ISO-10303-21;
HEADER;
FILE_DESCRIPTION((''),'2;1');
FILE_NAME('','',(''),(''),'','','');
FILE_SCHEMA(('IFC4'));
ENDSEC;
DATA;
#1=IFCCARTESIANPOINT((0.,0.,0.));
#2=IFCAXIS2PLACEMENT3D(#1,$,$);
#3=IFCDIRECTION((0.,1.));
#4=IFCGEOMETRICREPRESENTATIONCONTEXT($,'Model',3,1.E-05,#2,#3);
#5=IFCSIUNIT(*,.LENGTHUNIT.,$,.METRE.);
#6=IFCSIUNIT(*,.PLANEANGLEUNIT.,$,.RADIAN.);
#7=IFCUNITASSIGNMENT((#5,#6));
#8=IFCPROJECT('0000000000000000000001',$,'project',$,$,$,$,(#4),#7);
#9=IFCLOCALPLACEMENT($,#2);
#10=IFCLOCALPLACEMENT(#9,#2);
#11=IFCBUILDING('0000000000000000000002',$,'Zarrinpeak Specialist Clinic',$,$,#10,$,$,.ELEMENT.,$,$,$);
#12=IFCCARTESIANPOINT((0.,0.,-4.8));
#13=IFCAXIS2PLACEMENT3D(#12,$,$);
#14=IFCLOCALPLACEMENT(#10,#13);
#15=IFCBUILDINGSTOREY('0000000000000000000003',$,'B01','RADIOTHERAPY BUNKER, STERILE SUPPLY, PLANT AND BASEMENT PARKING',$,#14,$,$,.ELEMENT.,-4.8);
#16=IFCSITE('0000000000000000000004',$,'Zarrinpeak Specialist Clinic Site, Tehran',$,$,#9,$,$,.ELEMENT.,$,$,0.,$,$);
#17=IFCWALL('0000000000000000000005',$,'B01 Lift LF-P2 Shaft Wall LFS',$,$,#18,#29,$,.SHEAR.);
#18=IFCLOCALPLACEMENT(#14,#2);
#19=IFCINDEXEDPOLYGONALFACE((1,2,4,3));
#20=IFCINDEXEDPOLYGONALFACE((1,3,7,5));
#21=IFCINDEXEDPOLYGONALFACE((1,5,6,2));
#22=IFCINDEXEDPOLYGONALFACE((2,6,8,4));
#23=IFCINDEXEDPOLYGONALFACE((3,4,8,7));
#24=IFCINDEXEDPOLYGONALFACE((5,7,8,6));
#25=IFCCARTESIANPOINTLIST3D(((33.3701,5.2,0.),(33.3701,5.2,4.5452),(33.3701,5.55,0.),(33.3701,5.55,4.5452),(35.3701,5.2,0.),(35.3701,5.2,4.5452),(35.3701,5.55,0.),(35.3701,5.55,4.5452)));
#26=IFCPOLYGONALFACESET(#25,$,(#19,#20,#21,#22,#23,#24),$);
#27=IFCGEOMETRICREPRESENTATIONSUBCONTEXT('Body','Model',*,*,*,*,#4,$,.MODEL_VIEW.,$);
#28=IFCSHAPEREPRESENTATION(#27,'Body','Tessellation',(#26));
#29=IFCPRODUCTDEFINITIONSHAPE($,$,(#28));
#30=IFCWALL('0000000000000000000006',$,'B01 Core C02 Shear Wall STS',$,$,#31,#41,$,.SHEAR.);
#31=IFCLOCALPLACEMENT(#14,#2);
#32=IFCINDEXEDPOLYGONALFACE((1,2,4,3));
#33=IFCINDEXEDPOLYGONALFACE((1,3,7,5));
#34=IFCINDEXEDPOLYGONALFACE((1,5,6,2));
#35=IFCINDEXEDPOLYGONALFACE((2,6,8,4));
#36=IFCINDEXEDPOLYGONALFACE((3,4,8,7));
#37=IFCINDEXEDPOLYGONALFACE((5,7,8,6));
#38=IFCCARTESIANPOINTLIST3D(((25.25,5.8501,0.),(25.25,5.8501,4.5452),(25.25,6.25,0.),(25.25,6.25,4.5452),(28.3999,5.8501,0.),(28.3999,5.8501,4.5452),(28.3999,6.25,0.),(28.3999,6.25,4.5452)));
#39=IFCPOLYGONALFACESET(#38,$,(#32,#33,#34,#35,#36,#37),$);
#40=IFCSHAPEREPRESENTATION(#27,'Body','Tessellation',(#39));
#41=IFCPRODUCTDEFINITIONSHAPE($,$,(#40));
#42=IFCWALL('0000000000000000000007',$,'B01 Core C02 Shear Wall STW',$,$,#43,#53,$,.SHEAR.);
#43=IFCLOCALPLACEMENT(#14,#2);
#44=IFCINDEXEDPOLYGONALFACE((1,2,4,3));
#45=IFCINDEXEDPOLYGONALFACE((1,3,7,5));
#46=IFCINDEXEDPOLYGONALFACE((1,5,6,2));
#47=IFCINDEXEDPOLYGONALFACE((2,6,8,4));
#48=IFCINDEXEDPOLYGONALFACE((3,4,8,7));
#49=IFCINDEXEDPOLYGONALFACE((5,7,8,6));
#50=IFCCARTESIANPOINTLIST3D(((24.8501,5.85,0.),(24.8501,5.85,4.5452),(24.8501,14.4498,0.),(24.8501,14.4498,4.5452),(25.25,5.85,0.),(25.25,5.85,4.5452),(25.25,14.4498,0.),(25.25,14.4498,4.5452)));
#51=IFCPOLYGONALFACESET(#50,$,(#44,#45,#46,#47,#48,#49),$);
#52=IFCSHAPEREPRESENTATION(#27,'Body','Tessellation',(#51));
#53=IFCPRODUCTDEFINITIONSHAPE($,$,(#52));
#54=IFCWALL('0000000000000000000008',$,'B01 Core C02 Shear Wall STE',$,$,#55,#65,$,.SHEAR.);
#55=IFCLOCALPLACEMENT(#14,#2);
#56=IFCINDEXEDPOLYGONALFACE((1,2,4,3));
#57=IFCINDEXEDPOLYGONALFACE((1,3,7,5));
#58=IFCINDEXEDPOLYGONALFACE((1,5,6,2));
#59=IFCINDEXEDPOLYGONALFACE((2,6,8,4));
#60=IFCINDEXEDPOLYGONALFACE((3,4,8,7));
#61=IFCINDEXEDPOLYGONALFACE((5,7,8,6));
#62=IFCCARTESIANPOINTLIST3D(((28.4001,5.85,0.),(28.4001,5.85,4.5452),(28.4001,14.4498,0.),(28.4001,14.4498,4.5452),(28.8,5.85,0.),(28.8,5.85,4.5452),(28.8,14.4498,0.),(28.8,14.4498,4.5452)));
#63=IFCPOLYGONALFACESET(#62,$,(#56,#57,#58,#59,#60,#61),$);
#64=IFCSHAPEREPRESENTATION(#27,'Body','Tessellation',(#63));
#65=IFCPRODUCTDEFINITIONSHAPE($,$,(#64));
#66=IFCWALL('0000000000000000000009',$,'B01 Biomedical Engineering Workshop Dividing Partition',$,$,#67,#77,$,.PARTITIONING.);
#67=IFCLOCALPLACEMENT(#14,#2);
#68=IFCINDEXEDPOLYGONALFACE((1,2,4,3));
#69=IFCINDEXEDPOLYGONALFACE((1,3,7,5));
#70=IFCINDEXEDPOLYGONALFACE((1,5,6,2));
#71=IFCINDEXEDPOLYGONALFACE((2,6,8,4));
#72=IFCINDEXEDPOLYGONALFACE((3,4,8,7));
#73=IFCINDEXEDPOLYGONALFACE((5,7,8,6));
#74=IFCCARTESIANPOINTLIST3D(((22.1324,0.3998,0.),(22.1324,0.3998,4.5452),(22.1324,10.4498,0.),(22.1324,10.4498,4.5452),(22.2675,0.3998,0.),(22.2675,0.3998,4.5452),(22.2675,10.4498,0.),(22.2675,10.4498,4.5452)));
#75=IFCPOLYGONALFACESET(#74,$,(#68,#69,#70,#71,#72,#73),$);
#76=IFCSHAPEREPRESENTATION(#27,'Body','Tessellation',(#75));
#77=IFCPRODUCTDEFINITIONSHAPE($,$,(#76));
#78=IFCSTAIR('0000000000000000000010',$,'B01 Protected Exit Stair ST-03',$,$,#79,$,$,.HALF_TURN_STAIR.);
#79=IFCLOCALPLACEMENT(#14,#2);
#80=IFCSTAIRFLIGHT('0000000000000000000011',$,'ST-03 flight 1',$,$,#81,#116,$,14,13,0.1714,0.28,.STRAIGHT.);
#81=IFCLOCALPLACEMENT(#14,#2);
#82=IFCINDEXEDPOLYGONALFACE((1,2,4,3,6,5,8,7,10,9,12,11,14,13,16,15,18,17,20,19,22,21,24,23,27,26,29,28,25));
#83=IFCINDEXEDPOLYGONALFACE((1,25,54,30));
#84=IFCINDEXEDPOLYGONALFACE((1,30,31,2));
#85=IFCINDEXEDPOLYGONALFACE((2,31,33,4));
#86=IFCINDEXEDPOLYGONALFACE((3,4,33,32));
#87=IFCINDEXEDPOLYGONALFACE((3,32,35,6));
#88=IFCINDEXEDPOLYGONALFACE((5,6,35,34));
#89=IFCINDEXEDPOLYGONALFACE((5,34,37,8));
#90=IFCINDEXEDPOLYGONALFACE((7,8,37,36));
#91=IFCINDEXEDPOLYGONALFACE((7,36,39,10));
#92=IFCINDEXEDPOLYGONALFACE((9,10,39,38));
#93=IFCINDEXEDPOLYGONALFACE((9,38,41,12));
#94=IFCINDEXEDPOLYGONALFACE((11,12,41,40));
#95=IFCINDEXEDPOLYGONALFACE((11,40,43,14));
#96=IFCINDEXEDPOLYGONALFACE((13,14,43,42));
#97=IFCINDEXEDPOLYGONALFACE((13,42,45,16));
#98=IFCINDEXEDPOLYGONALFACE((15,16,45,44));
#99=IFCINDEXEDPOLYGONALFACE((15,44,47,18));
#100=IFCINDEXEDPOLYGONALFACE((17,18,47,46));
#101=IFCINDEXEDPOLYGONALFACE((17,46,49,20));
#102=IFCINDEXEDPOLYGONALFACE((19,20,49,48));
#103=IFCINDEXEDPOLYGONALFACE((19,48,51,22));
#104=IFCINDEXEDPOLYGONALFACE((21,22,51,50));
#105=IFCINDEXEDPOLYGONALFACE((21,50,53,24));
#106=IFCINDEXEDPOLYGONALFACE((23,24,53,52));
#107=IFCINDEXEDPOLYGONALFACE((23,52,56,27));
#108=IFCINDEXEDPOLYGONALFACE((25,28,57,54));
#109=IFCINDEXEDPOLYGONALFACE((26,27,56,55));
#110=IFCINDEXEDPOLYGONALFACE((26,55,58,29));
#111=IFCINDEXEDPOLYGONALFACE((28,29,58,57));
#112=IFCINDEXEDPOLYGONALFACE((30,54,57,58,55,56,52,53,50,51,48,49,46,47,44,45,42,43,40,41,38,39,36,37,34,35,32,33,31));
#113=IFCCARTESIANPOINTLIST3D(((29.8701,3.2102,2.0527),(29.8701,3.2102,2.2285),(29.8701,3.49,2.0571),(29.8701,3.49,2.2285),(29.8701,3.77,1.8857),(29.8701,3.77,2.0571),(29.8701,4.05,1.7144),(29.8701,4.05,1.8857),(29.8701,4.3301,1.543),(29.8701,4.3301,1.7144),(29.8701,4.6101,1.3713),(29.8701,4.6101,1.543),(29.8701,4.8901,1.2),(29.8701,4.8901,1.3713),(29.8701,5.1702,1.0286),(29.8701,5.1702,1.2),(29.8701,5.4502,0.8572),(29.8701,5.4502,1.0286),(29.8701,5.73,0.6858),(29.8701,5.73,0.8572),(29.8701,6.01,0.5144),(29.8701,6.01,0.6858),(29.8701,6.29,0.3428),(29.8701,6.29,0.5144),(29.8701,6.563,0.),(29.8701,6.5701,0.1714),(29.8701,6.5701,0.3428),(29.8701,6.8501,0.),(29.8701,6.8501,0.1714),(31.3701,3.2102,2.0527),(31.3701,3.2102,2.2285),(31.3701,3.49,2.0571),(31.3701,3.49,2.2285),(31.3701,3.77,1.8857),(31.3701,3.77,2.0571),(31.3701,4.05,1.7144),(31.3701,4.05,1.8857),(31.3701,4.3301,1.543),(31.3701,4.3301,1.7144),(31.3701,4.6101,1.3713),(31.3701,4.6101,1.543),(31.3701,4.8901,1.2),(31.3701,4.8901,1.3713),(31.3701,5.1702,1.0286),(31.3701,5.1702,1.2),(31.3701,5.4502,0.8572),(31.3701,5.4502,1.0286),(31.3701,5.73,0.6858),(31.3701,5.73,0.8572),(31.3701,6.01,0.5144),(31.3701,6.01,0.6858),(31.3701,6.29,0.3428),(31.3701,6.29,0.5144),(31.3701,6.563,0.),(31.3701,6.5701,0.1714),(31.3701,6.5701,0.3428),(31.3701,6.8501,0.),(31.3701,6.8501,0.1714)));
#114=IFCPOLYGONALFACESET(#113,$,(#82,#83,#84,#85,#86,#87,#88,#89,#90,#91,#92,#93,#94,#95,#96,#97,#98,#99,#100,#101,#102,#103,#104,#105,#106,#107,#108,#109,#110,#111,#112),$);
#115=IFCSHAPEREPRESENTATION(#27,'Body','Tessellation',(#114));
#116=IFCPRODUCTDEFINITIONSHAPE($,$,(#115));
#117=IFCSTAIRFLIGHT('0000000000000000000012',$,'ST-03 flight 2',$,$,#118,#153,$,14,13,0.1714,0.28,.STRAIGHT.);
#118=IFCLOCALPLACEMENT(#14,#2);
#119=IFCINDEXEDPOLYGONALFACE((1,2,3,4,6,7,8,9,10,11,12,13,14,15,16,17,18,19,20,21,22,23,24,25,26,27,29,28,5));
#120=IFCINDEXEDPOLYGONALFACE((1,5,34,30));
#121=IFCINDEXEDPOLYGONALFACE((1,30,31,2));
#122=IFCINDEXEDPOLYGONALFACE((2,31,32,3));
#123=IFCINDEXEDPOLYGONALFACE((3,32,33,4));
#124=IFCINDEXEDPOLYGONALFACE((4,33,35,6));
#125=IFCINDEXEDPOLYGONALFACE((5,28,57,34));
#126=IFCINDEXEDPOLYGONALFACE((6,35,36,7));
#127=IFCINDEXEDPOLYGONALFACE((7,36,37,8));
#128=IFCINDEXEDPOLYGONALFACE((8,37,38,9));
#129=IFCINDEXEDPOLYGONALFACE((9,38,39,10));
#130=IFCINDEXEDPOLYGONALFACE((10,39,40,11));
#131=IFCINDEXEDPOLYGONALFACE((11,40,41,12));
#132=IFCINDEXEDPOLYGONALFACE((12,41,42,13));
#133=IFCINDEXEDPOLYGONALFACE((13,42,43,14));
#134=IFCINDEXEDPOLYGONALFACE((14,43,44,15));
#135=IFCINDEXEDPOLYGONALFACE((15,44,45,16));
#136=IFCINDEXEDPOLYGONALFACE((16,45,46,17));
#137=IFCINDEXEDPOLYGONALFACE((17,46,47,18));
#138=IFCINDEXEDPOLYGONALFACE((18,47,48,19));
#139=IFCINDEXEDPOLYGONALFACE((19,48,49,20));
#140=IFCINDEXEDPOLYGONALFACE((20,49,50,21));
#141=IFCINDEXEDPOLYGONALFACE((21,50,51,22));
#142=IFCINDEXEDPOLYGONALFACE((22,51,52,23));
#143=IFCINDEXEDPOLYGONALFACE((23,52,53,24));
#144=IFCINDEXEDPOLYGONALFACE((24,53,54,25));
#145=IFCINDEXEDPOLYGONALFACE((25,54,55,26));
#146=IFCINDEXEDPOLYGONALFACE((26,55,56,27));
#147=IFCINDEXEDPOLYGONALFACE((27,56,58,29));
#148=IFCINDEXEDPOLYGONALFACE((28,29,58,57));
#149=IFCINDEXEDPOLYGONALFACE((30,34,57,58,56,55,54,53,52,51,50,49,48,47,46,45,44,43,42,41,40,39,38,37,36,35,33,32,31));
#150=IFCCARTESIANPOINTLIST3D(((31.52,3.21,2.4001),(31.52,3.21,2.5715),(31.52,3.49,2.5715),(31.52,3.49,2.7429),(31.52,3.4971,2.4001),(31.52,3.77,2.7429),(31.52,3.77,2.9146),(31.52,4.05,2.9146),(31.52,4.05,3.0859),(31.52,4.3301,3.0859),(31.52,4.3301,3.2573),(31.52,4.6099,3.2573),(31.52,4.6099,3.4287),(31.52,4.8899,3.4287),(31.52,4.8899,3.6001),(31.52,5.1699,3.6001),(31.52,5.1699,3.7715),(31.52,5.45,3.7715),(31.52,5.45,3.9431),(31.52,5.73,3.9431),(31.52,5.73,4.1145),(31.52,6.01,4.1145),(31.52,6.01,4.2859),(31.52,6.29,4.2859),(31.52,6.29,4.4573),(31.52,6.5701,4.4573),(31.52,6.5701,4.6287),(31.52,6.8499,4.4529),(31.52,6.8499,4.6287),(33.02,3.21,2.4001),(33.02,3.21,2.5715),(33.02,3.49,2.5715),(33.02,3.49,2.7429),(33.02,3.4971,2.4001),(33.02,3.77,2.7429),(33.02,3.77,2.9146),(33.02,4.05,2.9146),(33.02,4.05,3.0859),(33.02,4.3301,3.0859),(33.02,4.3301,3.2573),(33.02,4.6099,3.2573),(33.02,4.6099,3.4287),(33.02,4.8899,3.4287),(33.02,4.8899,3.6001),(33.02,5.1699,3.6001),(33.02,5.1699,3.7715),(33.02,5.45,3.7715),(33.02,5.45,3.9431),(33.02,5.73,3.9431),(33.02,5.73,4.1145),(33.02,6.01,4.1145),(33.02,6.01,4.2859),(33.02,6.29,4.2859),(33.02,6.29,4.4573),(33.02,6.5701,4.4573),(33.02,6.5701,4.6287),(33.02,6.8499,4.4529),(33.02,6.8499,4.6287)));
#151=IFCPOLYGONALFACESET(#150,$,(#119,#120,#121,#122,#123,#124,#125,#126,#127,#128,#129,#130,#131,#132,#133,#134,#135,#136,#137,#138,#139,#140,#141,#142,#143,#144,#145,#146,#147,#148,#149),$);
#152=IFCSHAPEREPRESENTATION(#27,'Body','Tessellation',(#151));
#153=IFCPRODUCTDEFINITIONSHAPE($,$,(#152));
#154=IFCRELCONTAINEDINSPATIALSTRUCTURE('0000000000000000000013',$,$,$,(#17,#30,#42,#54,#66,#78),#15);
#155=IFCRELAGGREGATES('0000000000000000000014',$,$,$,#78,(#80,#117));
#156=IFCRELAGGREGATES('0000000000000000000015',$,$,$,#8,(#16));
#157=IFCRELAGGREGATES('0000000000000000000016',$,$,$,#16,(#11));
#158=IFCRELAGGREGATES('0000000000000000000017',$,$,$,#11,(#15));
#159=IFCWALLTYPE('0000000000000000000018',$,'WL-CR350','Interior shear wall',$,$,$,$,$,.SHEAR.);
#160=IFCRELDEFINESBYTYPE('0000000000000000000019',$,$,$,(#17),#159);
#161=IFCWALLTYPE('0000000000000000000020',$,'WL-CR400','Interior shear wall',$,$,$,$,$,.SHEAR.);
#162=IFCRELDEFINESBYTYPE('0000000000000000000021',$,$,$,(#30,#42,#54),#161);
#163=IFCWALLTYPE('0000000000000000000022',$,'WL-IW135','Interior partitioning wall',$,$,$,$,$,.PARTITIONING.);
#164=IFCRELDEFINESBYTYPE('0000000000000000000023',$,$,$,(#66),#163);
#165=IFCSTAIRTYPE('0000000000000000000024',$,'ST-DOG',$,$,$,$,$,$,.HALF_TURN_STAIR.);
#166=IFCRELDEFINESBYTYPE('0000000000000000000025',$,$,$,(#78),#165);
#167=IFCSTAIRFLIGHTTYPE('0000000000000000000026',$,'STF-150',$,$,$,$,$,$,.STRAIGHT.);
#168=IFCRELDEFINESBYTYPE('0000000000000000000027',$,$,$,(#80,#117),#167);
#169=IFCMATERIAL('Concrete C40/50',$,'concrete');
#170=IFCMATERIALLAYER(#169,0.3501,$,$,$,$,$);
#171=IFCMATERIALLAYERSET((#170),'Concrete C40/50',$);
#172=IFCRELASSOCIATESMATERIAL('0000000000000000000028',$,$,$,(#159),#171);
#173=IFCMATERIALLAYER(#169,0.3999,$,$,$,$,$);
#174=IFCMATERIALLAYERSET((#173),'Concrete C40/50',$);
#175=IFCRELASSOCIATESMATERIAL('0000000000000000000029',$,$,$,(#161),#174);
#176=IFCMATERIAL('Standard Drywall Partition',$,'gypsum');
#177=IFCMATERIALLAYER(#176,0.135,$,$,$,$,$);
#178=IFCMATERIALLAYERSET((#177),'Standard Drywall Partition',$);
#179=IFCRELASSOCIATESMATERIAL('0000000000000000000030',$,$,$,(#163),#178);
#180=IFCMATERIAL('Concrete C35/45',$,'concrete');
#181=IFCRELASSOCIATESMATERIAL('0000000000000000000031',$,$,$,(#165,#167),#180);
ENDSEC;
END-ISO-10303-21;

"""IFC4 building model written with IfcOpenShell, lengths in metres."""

from ifc_helpers import new_model, si_unit, direction, frame, frame_2d, origin, place, context, subcontext, project, spatial, polyline, rectangle, outline, extrude, material, layer, layer_set, type_object, element, aggregate, save


model = new_model("IFC4")

# Units and contexts
model_context = context("Model", 3, precision=1e-05, world=origin(), true_north=direction((0.0, 1.0)))
body_context = subcontext(model_context, "Body", "Model", "MODEL_VIEW")
ifc_project = project(units=[si_unit("LENGTHUNIT", "METRE"), si_unit("PLANEANGLEUNIT", "RADIAN")], contexts=[model_context])

# Site, building, storey
site_placement = place(None, origin())
site = spatial("IfcSite", under=ifc_project, at=site_placement, Name="Zarrinpeak Specialist Clinic Site, Tehran", CompositionType="ELEMENT", RefElevation=0.0)
building_placement = place(site_placement, origin())
building = spatial("IfcBuilding", under=site, at=building_placement, Name="Zarrinpeak Specialist Clinic", CompositionType="ELEMENT")
storey_placement = place(building_placement, frame((0.0, 0.0, -4.8)))
storey = spatial("IfcBuildingStorey", under=building, at=storey_placement, Name="B01", Description="RADIOTHERAPY BUNKER, STERILE SUPPLY, PLANT AND BASEMENT PARKING", CompositionType="ELEMENT", Elevation=-4.8)

# Shared definitions
ifc_material_1 = material(Name="Concrete C40/50", Category="concrete")

# Walls
ifc_layer_1 = layer(ifc_material_1, 0.3501)
ifc_layer_set_1 = layer_set([ifc_layer_1], Name="Concrete C40/50")
wall_type_1 = type_object("IfcWallType", Name="WL-CR350", Description="Interior shear wall", PredefinedType="SHEAR", material=ifc_layer_set_1)
wall_1_placement = place(storey_placement, frame((33.3701, 5.375, 0.0), z_axis=(0.0, 0.0, 1.0), x_axis=(1.0, 0.0, 0.0)))
element("IfcWall", 1, at=wall_1_placement, inside=storey, type_object=wall_type_1, Name="B01 Lift LF-P2 Shaft Wall LFS", PredefinedType="SHEAR", context=body_context, shape_type="SweptSolid", body=[
    extrude(rectangle(XDim=2.0, YDim=0.3501, at=frame_2d((1.0, 0.0))), origin(), (0.0, 0.0, 1.0), 4.5452),
])
ifc_layer_2 = layer(ifc_material_1, 0.3999)
ifc_layer_set_2 = layer_set([ifc_layer_2], Name="Concrete C40/50")
wall_type_2 = type_object("IfcWallType", Name="WL-CR400", Description="Interior shear wall", PredefinedType="SHEAR", material=ifc_layer_set_2)
wall_2_placement = place(storey_placement, frame((25.25, 6.05, 0.0), z_axis=(0.0, 0.0, 1.0), x_axis=(1.0, 0.0, 0.0)))
element("IfcWall", 2, at=wall_2_placement, inside=storey, type_object=wall_type_2, Name="B01 Core C02 Shear Wall STS", PredefinedType="SHEAR", context=body_context, shape_type="SweptSolid", body=[
    extrude(rectangle(XDim=3.1499, YDim=0.3999, at=frame_2d((1.575, 0.0))), origin(), (0.0, 0.0, 1.0), 4.5452),
])
for number, where, z_axis, x_axis, name in (
    (3, (25.05, 5.8501, 0.0), (0.0, 0.0, 1.0), (0.0, 1.0, 0.0), "B01 Core C02 Shear Wall STW"),
    (4, (28.6001, 5.8501, 0.0), (0.0, 0.0, 1.0), (0.0, 1.0, 0.0), "B01 Core C02 Shear Wall STE"),
):
    element("IfcWall", number, at=place(storey_placement, frame(where, z_axis=z_axis, x_axis=x_axis)), inside=storey, type_object=wall_type_2, Name=name, PredefinedType="SHEAR", context=body_context, shape_type="SweptSolid", body=[
        extrude(rectangle(XDim=8.5999, YDim=0.3999, at=frame_2d((4.2998, 0.0))), origin(), (0.0, 0.0, 1.0), 4.5452),
    ])
ifc_material_2 = material(Name="Standard Drywall Partition", Category="gypsum")
ifc_layer_3 = layer(ifc_material_2, 0.135)
ifc_layer_set_3 = layer_set([ifc_layer_3], Name="Standard Drywall Partition")
wall_type_3 = type_object("IfcWallType", Name="WL-IW135", Description="Interior partitioning wall", PredefinedType="PARTITIONING", material=ifc_layer_set_3)
wall_3_placement = place(storey_placement, frame((22.2, 0.3999, 0.0), z_axis=(0.0, 0.0, 1.0), x_axis=(0.0, 1.0, 0.0)))
element("IfcWall", 5, at=wall_3_placement, inside=storey, type_object=wall_type_3, Name="B01 Biomedical Engineering Workshop Dividing Partition", PredefinedType="PARTITIONING", context=body_context, shape_type="SweptSolid", body=[
    extrude(rectangle(XDim=10.05, YDim=0.135, at=frame_2d((5.0249, 0.0))), origin(), (0.0, 0.0, 1.0), 4.5452),
])

# Stair, stair flights
ifc_material_3 = material(Name="Concrete C35/45", Category="concrete")
stair_type = type_object("IfcStairType", Name="ST-DOG", PredefinedType="HALF_TURN_STAIR", material=ifc_material_3)
stair_placement = place(storey_placement, origin())
stair = element("IfcStair", 6, at=stair_placement, inside=storey, type_object=stair_type, Name="B01 Protected Exit Stair ST-03", PredefinedType="HALF_TURN_STAIR")
stair_flight_type = type_object("IfcStairFlightType", Name="STF-150", PredefinedType="STRAIGHT", material=ifc_material_3)
stair_flight_1_placement = place(storey_placement, frame((30.6201, 6.8501, 0.0), z_axis=(0.0, 0.0, 1.0), x_axis=(0.0, -1.0, 0.0)))
stair_flight_1 = element("IfcStairFlight", 7, at=stair_flight_1_placement, type_object=stair_flight_type, Name="ST-03 flight 1", NumberOfRisers=14, NumberOfTreads=13, PredefinedType="STRAIGHT", RiserHeight=0.1714, TreadLength=0.28, context=body_context, shape_type="SweptSolid", body=[
    extrude(outline(polyline([(0.0, 0.0), (0.0, 0.1714), (0.28, 0.1714), (0.28, 0.3428), (0.5601, 0.3428), (0.5601, 0.5144), (0.8401, 0.5144), (0.8401, 0.6858), (1.1201, 0.6858), (1.1201, 0.8572), (1.3999, 0.8572), (1.3999, 1.0286), (1.6799, 1.0286), (1.6799, 1.2), (1.96, 1.2), (1.96, 1.3713), (2.24, 1.3713), (2.24, 1.543), (2.52, 1.543), (2.52, 1.7144), (2.8, 1.7144), (2.8, 1.8857), (3.0801, 1.8857), (3.0801, 2.0571), (3.3601, 2.0571), (3.3601, 2.2285), (3.6399, 2.2285), (3.6399, 2.3999), (3.6399, 2.0527), (0.2871, 0.0), (0.0, 0.0)])), frame((0.0, 0.75, 0.0), z_axis=(0.0, -1.0, 0.0), x_axis=(1.0, 0.0, 0.0)), (0.0, 0.0, 1.0), 1.5),
])
stair_flight_2_placement = place(storey_placement, frame((32.27, 3.21, 2.4001), z_axis=(0.0, 0.0, 1.0), x_axis=(0.0, 1.0, 0.0)))
stair_flight_2 = element("IfcStairFlight", 8, at=stair_flight_2_placement, type_object=stair_flight_type, Name="ST-03 flight 2", NumberOfRisers=14, NumberOfTreads=13, PredefinedType="STRAIGHT", RiserHeight=0.1714, TreadLength=0.28, context=body_context, shape_type="SweptSolid", body=[
    extrude(outline(polyline([(0.0, 0.0), (0.0, 0.1714), (0.28, 0.1714), (0.28, 0.3428), (0.5601, 0.3428), (0.5601, 0.5144), (0.8401, 0.5144), (0.8401, 0.6858), (1.1201, 0.6858), (1.1201, 0.8572), (1.3999, 0.8572), (1.3999, 1.0286), (1.6799, 1.0286), (1.6799, 1.2), (1.96, 1.2), (1.96, 1.3713), (2.24, 1.3713), (2.24, 1.543), (2.52, 1.543), (2.52, 1.7144), (2.8, 1.7144), (2.8, 1.8857), (3.0801, 1.8857), (3.0801, 2.0571), (3.3601, 2.0571), (3.3601, 2.2285), (3.6399, 2.2285), (3.6399, 2.3999), (3.6399, 2.0527), (0.2871, 0.0), (0.0, 0.0)])), frame((0.0, 0.75, 0.0), z_axis=(0.0, -1.0, 0.0), x_axis=(1.0, 0.0, 0.0)), (0.0, 0.0, 1.0), 1.5),
])
aggregate(stair, [stair_flight_1, stair_flight_2])

save(model, "model.ifc")
